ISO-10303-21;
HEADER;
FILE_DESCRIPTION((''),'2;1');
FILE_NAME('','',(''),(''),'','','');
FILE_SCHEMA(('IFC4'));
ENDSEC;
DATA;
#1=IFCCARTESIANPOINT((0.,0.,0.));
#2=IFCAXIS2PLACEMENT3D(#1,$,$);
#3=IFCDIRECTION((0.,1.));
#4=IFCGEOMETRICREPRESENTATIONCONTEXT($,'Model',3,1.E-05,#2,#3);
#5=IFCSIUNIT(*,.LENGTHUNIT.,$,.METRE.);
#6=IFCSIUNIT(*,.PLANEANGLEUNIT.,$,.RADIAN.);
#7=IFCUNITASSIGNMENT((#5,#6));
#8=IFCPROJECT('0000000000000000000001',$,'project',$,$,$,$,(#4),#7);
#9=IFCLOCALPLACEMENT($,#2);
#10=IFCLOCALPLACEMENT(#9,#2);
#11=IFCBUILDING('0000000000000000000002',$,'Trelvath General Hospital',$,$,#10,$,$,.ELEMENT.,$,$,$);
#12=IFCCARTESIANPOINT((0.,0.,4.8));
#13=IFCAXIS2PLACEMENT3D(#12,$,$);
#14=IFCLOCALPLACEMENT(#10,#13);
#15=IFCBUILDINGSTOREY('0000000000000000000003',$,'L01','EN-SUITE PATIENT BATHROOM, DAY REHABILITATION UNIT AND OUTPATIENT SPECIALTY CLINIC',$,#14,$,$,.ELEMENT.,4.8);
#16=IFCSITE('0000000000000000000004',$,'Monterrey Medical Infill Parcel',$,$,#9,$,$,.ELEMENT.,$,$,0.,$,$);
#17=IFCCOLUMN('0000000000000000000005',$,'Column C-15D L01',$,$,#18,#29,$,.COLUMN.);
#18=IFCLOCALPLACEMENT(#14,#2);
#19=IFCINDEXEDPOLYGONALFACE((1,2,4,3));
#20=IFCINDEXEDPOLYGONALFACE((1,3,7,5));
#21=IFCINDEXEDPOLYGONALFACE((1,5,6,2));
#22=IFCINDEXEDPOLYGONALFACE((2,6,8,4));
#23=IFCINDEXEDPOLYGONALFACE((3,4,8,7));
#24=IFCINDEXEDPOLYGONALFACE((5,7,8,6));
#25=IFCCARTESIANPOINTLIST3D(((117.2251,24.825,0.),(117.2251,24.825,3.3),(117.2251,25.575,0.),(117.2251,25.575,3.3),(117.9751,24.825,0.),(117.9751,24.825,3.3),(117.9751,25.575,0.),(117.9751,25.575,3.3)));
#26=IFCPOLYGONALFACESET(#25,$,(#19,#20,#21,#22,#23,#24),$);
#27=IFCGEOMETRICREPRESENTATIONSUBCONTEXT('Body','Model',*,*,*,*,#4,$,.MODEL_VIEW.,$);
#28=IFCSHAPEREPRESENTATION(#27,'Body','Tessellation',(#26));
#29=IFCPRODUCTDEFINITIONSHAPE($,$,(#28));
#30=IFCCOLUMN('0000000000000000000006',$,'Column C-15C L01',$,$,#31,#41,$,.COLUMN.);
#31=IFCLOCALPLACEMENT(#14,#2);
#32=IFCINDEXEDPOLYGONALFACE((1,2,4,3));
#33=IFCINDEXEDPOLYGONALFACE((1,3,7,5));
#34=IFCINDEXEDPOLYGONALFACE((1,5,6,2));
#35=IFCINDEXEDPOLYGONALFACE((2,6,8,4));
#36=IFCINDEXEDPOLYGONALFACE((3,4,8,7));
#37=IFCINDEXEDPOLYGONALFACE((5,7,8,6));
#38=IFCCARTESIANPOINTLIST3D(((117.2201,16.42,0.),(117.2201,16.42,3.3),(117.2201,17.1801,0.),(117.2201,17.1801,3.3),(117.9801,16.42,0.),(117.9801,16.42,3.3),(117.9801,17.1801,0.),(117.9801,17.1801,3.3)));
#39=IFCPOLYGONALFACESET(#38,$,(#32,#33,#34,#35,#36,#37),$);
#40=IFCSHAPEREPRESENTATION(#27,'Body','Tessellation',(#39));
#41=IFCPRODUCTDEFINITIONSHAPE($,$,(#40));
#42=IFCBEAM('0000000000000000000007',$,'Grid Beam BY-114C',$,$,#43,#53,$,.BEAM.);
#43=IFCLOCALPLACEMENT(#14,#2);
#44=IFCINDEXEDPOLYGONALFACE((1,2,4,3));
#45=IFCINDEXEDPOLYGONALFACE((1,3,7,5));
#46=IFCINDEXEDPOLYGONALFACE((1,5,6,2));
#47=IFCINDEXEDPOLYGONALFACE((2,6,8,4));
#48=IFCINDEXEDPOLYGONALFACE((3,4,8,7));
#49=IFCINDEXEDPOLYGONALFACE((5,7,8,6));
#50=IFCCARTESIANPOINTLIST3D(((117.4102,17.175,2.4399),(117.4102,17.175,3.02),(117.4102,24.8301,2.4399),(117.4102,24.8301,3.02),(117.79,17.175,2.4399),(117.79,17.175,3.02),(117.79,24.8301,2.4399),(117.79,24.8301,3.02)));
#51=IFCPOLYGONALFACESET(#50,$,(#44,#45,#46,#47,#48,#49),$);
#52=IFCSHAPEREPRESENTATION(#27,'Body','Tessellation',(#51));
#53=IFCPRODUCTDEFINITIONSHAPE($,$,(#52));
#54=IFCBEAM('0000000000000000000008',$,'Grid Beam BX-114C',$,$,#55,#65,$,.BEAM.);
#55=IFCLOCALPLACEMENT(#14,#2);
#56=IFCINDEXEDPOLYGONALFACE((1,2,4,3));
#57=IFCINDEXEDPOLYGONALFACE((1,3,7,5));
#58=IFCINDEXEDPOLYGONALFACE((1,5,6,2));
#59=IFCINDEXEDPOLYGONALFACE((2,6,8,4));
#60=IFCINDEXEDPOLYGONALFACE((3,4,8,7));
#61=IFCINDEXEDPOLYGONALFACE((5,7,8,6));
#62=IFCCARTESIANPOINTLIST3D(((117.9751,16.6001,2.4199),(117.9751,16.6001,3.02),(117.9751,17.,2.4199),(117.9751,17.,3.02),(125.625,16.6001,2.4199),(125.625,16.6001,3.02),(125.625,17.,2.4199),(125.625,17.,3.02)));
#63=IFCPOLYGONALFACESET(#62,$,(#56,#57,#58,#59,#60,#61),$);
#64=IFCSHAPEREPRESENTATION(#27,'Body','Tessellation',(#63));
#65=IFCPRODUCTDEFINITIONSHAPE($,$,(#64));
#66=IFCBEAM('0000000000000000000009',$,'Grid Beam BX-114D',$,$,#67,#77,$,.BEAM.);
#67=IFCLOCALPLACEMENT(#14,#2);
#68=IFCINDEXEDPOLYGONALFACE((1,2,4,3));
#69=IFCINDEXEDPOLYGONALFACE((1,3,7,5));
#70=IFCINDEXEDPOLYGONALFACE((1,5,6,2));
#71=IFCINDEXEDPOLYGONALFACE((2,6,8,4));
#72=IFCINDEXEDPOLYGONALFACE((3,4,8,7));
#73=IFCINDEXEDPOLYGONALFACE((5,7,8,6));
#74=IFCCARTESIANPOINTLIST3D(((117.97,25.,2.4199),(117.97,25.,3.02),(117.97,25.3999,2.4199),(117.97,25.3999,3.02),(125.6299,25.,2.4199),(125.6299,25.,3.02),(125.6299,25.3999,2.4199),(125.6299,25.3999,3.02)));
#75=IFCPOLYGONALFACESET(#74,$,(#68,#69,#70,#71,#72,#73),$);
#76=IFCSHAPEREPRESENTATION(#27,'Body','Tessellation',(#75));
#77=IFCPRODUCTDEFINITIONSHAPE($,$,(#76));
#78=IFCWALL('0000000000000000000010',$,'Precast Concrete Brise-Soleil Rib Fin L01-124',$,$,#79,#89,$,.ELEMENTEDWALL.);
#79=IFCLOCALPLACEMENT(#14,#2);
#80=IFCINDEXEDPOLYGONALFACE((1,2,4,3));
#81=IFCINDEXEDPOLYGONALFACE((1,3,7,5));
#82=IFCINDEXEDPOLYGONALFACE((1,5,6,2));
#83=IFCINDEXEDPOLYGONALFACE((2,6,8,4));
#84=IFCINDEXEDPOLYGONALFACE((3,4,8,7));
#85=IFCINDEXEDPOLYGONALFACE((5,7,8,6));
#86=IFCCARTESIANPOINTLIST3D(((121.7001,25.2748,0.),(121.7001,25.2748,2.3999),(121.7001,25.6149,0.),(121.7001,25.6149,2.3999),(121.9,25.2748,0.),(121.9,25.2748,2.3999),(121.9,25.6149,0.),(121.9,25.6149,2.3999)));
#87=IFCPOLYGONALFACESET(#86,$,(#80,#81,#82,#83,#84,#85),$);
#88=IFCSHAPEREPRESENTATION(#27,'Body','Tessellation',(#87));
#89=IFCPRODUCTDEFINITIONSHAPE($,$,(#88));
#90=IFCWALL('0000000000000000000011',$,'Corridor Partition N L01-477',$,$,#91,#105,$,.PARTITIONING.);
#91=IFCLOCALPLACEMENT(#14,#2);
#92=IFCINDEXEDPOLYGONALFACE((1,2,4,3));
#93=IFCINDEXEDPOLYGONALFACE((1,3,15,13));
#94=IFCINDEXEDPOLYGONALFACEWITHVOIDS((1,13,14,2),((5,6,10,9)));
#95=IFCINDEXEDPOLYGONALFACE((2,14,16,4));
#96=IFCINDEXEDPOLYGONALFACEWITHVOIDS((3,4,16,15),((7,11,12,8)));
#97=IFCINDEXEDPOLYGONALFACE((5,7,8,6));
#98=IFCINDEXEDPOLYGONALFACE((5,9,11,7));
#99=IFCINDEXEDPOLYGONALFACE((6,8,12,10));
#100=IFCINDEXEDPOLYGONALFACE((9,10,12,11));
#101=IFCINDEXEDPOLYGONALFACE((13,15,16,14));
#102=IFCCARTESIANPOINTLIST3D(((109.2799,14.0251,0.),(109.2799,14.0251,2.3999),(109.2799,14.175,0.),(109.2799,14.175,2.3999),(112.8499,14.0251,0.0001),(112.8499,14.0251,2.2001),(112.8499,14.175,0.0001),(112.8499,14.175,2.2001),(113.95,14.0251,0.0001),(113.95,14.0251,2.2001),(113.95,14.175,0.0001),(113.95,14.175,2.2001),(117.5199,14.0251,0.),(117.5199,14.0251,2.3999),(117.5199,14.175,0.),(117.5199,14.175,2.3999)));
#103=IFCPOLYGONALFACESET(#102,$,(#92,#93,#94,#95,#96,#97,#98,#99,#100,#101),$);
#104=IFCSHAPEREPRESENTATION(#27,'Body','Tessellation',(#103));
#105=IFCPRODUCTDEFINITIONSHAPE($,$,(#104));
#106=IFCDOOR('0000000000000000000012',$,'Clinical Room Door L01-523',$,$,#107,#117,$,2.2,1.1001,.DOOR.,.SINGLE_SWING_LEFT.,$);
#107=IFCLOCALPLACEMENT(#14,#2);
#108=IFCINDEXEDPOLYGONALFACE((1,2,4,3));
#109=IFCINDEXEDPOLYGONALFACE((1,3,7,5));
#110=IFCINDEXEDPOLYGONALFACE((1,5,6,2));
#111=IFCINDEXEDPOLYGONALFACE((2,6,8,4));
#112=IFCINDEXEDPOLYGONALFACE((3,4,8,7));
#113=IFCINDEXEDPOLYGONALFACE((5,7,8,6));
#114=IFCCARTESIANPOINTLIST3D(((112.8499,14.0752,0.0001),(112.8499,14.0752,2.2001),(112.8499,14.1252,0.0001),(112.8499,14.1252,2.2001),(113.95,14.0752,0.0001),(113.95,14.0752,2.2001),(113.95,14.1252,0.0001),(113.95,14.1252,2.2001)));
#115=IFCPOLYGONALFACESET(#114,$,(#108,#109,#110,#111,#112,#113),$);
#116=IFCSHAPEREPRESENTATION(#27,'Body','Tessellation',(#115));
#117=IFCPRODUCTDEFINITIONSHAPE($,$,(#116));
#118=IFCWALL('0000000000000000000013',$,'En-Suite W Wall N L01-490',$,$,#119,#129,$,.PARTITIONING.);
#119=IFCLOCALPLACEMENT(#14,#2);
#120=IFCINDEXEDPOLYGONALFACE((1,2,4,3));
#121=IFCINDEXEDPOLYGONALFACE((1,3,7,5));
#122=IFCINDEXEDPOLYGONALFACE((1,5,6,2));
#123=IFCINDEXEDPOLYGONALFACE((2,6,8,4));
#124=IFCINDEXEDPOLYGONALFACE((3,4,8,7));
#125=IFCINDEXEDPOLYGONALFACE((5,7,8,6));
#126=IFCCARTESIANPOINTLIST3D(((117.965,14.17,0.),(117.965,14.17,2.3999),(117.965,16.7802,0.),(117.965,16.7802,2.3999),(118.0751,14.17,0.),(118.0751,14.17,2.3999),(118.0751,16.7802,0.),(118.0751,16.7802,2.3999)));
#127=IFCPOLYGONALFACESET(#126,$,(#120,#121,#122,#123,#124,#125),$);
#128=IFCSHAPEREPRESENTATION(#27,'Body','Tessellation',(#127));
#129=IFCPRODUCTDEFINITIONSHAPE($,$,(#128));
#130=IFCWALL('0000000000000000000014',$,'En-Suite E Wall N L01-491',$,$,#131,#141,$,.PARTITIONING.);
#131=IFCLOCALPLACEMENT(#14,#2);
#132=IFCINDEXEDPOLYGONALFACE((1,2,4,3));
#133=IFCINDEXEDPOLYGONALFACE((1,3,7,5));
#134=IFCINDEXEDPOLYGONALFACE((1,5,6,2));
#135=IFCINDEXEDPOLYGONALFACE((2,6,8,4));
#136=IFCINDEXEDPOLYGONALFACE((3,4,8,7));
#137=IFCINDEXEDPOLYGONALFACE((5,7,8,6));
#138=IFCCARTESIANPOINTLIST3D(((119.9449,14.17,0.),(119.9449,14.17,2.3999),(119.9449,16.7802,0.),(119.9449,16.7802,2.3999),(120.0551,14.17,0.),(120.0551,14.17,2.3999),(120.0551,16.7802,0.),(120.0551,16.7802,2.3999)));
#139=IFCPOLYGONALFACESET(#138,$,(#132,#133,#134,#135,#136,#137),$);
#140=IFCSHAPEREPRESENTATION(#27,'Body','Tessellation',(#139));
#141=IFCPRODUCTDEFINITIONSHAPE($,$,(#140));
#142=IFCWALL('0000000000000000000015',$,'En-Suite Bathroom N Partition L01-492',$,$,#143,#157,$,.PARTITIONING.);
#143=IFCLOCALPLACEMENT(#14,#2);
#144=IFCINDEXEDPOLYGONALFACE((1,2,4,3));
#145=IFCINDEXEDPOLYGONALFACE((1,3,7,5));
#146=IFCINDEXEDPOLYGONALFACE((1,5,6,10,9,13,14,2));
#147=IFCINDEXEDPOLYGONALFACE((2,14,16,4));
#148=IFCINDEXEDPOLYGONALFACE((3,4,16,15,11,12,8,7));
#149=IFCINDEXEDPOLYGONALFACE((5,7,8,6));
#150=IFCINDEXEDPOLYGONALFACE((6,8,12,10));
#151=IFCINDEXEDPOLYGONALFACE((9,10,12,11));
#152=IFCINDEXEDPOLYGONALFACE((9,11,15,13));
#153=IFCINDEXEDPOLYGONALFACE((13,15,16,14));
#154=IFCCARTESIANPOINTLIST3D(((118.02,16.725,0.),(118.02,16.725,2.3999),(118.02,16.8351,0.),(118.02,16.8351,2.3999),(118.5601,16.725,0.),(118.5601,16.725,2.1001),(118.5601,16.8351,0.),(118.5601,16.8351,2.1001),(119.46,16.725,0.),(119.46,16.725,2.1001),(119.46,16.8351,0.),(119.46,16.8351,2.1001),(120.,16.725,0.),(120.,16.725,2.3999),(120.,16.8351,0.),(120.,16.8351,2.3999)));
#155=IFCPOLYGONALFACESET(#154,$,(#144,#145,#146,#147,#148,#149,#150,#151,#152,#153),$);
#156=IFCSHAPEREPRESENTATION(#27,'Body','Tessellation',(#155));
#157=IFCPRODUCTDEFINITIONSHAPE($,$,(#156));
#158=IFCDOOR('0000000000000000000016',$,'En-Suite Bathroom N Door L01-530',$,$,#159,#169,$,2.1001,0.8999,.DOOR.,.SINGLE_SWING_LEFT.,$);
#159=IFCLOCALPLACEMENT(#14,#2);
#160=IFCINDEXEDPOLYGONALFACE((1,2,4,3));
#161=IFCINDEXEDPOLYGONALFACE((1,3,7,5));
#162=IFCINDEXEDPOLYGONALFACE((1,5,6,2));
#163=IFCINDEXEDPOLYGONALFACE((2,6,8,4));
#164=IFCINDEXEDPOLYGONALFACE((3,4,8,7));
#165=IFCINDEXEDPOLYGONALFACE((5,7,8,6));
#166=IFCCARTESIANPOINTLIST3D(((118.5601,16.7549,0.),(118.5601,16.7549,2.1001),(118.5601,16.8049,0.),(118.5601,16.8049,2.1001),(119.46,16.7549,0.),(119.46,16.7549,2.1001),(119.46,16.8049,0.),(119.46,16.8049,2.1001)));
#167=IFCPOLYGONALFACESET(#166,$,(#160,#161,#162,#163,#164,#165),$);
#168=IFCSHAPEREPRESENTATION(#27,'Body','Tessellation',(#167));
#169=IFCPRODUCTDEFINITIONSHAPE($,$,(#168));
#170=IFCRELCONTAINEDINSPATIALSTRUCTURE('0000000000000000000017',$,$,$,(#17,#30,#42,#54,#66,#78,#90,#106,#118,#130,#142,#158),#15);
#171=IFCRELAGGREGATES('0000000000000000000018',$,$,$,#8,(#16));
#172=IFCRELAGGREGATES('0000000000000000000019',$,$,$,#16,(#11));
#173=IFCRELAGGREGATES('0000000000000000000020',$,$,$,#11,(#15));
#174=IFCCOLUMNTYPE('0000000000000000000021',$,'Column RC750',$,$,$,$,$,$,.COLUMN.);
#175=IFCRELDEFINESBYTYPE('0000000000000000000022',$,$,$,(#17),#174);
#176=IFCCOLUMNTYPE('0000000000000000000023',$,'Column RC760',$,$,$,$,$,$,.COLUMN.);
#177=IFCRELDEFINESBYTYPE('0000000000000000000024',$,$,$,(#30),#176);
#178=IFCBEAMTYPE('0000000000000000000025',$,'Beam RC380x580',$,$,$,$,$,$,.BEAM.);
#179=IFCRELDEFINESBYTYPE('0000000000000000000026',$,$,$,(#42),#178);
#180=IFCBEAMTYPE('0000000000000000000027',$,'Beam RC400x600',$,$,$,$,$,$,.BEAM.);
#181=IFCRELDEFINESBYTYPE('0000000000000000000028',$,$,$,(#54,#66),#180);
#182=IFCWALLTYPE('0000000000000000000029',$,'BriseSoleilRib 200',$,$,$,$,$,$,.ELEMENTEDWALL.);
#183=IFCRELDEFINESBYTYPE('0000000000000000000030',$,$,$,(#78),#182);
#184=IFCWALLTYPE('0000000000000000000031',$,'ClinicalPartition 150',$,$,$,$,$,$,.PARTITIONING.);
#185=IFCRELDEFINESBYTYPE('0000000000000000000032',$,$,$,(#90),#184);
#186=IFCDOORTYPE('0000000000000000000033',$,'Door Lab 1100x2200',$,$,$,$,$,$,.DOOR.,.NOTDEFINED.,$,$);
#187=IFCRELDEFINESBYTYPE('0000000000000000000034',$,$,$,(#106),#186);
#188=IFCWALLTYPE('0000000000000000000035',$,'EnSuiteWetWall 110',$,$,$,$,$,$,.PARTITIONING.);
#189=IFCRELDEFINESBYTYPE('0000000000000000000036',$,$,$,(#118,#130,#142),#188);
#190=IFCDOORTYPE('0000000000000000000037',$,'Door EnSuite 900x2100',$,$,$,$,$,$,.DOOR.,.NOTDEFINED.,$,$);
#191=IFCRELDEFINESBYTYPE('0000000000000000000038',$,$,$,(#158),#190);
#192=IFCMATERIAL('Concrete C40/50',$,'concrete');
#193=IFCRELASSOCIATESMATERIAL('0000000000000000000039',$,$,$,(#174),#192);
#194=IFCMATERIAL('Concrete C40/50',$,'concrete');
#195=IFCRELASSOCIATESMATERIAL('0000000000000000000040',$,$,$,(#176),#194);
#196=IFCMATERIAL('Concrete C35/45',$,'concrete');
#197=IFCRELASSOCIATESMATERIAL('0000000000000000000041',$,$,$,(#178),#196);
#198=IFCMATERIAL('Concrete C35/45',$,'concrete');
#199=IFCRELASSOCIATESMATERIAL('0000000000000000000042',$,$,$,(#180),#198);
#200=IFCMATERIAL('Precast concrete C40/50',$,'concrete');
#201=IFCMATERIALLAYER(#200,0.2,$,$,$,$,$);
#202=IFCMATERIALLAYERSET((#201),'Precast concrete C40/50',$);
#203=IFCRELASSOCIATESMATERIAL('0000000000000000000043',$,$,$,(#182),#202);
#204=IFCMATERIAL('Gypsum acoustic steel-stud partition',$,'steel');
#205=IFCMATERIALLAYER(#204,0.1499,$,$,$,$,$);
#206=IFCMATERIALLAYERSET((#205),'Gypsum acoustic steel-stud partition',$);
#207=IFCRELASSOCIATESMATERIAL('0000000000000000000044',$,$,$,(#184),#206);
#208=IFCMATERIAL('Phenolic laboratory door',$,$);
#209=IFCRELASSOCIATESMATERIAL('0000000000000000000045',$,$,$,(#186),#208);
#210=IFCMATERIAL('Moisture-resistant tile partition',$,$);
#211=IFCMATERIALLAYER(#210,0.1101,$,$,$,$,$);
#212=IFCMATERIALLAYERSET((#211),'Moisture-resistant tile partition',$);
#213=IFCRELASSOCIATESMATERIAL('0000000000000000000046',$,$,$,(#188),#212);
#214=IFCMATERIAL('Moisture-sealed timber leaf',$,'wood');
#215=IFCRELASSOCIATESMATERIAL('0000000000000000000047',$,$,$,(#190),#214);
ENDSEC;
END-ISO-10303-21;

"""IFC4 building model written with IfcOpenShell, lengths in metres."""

from ifc_helpers import new_model, si_unit, direction, frame, frame_2d, origin, origin_2d, place, context, subcontext, project, spatial, rectangle, extrude, material, layer, layer_set, material_profile, profile_set, type_object, element, fill, save


model = new_model("IFC4")

# Units and contexts
model_context = context("Model", 3, precision=1e-05, world=origin(), true_north=direction((0.0, 1.0)))
body_context = subcontext(model_context, "Body", "Model", "MODEL_VIEW")
ifc_project = project(units=[si_unit("LENGTHUNIT", "METRE"), si_unit("PLANEANGLEUNIT", "RADIAN")], contexts=[model_context])

# Site, building, storey
site_placement = place(None, origin())
site = spatial("IfcSite", under=ifc_project, at=site_placement, Name="Monterrey Medical Infill Parcel", CompositionType="ELEMENT", RefElevation=0.0)
building_placement = place(site_placement, origin())
building = spatial("IfcBuilding", under=site, at=building_placement, Name="Trelvath General Hospital", CompositionType="ELEMENT")
storey_placement = place(building_placement, frame((0.0, 0.0, 4.8)))
storey = spatial("IfcBuildingStorey", under=building, at=storey_placement, Name="L01", Description="EN-SUITE PATIENT BATHROOM, DAY REHABILITATION UNIT AND OUTPATIENT SPECIALTY CLINIC", CompositionType="ELEMENT", Elevation=4.8)

# Columns
ifc_material_1 = material(Name="Concrete C40/50", Category="concrete")
ifc_material_profile_1 = material_profile(ifc_material_1, rectangle(XDim=0.75, YDim=0.75, at=origin_2d()), Name="RC750x750")
ifc_profile_set_1 = profile_set([ifc_material_profile_1], Name="Concrete C40/50")
column_type_1 = type_object("IfcColumnType", Name="Column RC750", PredefinedType="COLUMN", material=ifc_profile_set_1)
column_1_placement = place(storey_placement, frame((117.6001, 25.2, 0.0), z_axis=(0.0, 0.0, 1.0), x_axis=(1.0, 0.0, 0.0)))
element("IfcColumn", 1, at=column_1_placement, inside=storey, type_object=column_type_1, Name="Column C-15D L01", PredefinedType="COLUMN", context=body_context, shape_type="SweptSolid", body=[
    extrude(rectangle(XDim=0.75, YDim=0.75, at=origin_2d()), origin(), (0.0, 0.0, 1.0), 3.3),
])
ifc_material_2 = material(Name="Concrete C40/50", Category="concrete")
ifc_material_profile_2 = material_profile(ifc_material_2, rectangle(XDim=0.76, YDim=0.76, at=origin_2d()), Name="RC760x760")
ifc_profile_set_2 = profile_set([ifc_material_profile_2], Name="Concrete C40/50")
column_type_2 = type_object("IfcColumnType", Name="Column RC760", PredefinedType="COLUMN", material=ifc_profile_set_2)
column_2_placement = place(storey_placement, frame((117.6001, 16.8, 0.0), z_axis=(0.0, 0.0, 1.0), x_axis=(1.0, 0.0, 0.0)))
element("IfcColumn", 2, at=column_2_placement, inside=storey, type_object=column_type_2, Name="Column C-15C L01", PredefinedType="COLUMN", context=body_context, shape_type="SweptSolid", body=[
    extrude(rectangle(XDim=0.76, YDim=0.76, at=origin_2d()), origin(), (0.0, 0.0, 1.0), 3.3),
])

# Beams
ifc_material_3 = material(Name="Concrete C35/45", Category="concrete")
ifc_material_profile_3 = material_profile(ifc_material_3, rectangle(XDim=0.3799, YDim=0.5801, at=origin_2d()), Name="RCB380x580")
ifc_profile_set_3 = profile_set([ifc_material_profile_3], Name="Concrete C35/45")
beam_type_1 = type_object("IfcBeamType", Name="Beam RC380x580", PredefinedType="BEAM", material=ifc_profile_set_3)
beam_1_placement = place(storey_placement, frame((117.6001, 17.175, 2.73), z_axis=(0.0, 1.0, 0.0), x_axis=(-1.0, 0.0, 0.0)))
element("IfcBeam", 3, at=beam_1_placement, inside=storey, type_object=beam_type_1, Name="Grid Beam BY-114C", PredefinedType="BEAM", context=body_context, shape_type="SweptSolid", body=[
    extrude(rectangle(XDim=0.3799, YDim=0.5801, at=origin_2d()), origin(), (0.0, 0.0, 1.0), 7.655),
])
ifc_material_4 = material(Name="Concrete C35/45", Category="concrete")
ifc_material_profile_4 = material_profile(ifc_material_4, rectangle(XDim=0.3999, YDim=0.6001, at=origin_2d()), Name="RCB400x600")
ifc_profile_set_4 = profile_set([ifc_material_profile_4], Name="Concrete C35/45")
beam_type_2 = type_object("IfcBeamType", Name="Beam RC400x600", PredefinedType="BEAM", material=ifc_profile_set_4)
beam_2_placement = place(storey_placement, frame((117.9751, 16.8, 2.72), z_axis=(1.0, 0.0, 0.0), x_axis=(0.0, 1.0, 0.0)))
element("IfcBeam", 4, at=beam_2_placement, inside=storey, type_object=beam_type_2, Name="Grid Beam BX-114C", PredefinedType="BEAM", context=body_context, shape_type="SweptSolid", body=[
    extrude(rectangle(XDim=0.3999, YDim=0.6001, at=origin_2d()), origin(), (0.0, 0.0, 1.0), 7.6499),
])
beam_3_placement = place(storey_placement, frame((117.97, 25.2, 2.72), z_axis=(1.0, 0.0, 0.0), x_axis=(0.0, 1.0, 0.0)))
element("IfcBeam", 5, at=beam_3_placement, inside=storey, type_object=beam_type_2, Name="Grid Beam BX-114D", PredefinedType="BEAM", context=body_context, shape_type="SweptSolid", body=[
    extrude(rectangle(XDim=0.3999, YDim=0.6001, at=origin_2d()), origin(), (0.0, 0.0, 1.0), 7.6599),
])

# Wall
ifc_material_5 = material(Name="Precast concrete C40/50", Category="concrete")
ifc_layer_1 = layer(ifc_material_5, 0.2)
ifc_layer_set_1 = layer_set([ifc_layer_1], Name="Precast concrete C40/50")
wall_type_1 = type_object("IfcWallType", Name="BriseSoleilRib 200", PredefinedType="ELEMENTEDWALL", material=ifc_layer_set_1)
wall_1_placement = place(storey_placement, frame((121.8, 25.2749, 0.0), z_axis=(0.0, 0.0, 1.0), x_axis=(0.0, 1.0, 0.0)))
element("IfcWall", 6, at=wall_1_placement, inside=storey, type_object=wall_type_1, Name="Precast Concrete Brise-Soleil Rib Fin L01-124", PredefinedType="ELEMENTEDWALL", context=body_context, shape_type="SweptSolid", body=[
    extrude(rectangle(XDim=0.3401, YDim=0.2, at=frame_2d((0.1699, 0.0))), origin(), (0.0, 0.0, 1.0), 2.3999),
])

# Wall, opening, door
ifc_material_6 = material(Name="Gypsum acoustic steel-stud partition", Category="steel")
ifc_layer_2 = layer(ifc_material_6, 0.1499)
ifc_layer_set_2 = layer_set([ifc_layer_2], Name="Gypsum acoustic steel-stud partition")
wall_type_2 = type_object("IfcWallType", Name="ClinicalPartition 150", PredefinedType="PARTITIONING", material=ifc_layer_set_2)
wall_2_placement = place(storey_placement, frame((117.52, 14.1001, 0.0), z_axis=(0.0, 0.0, 1.0), x_axis=(-1.0, 0.0, 0.0)))
wall_2 = element("IfcWall", 7, at=wall_2_placement, inside=storey, type_object=wall_type_2, Name="Corridor Partition N L01-477", PredefinedType="PARTITIONING", context=body_context, shape_type="SweptSolid", body=[
    extrude(rectangle(XDim=8.24, YDim=0.1499, at=frame_2d((4.1201, 0.0))), origin(), (0.0, 0.0, 1.0), 2.3999),
])
opening_1_placement = place(wall_2_placement, frame((3.5701, 0.0, 0.0)))
opening_1 = element("IfcOpeningElement", 8, at=opening_1_placement, cuts=wall_2, PredefinedType="OPENING", context=body_context, shape_type="SweptSolid", body=[
    extrude(rectangle(XDim=1.1001, YDim=2.2, at=frame_2d((0.55, 1.1001))), frame((0.0, 0.085, 0.0), z_axis=(0.0, -1.0, 0.0), x_axis=(1.0, 0.0, 0.0)), (0.0, 0.0, 1.0), 0.1699),
])
ifc_material_7 = material(Name="Phenolic laboratory door")
door_type_1 = type_object("IfcDoorType", Name="Door Lab 1100x2200", OperationType="NOTDEFINED", PredefinedType="DOOR", material=ifc_material_7)
door_1_placement = place(opening_1_placement, origin())
door_1 = element("IfcDoor", 9, at=door_1_placement, inside=storey, type_object=door_type_1, Name="Clinical Room Door L01-523", OperationType="SINGLE_SWING_LEFT", OverallHeight=2.2, OverallWidth=1.1001, PredefinedType="DOOR", context=body_context, shape_type="SweptSolid", body=[
    extrude(rectangle(XDim=1.1001, YDim=2.2, at=frame_2d((0.55, 1.1001))), frame((0.0, 0.0249, 0.0), z_axis=(0.0, -1.0, 0.0), x_axis=(1.0, 0.0, 0.0)), (0.0, 0.0, 1.0), 0.05),
])
fill(opening_1, door_1)

# Walls
ifc_material_8 = material(Name="Moisture-resistant tile partition")
ifc_layer_3 = layer(ifc_material_8, 0.1101)
ifc_layer_set_3 = layer_set([ifc_layer_3], Name="Moisture-resistant tile partition")
wall_type_3 = type_object("IfcWallType", Name="EnSuiteWetWall 110", PredefinedType="PARTITIONING", material=ifc_layer_set_3)
for number, where, z_axis, x_axis, name in (
    (10, (118.02, 14.1699, 0.0), (0.0, 0.0, 1.0), (0.0, 1.0, 0.0), "En-Suite W Wall N L01-490"),
    (11, (120.0, 14.1699, 0.0), (0.0, 0.0, 1.0), (0.0, 1.0, 0.0), "En-Suite E Wall N L01-491"),
):
    element("IfcWall", number, at=place(storey_placement, frame(where, z_axis=z_axis, x_axis=x_axis)), inside=storey, type_object=wall_type_3, Name=name, PredefinedType="PARTITIONING", context=body_context, shape_type="SweptSolid", body=[
        extrude(rectangle(XDim=2.6101, YDim=0.1101, at=frame_2d((1.3052, 0.0))), origin(), (0.0, 0.0, 1.0), 2.3999),
    ])

# Wall, opening, door
wall_3_placement = place(storey_placement, frame((118.02, 16.78, 0.0), z_axis=(0.0, 0.0, 1.0), x_axis=(1.0, 0.0, 0.0)))
wall_3 = element("IfcWall", 12, at=wall_3_placement, inside=storey, type_object=wall_type_3, Name="En-Suite Bathroom N Partition L01-492", PredefinedType="PARTITIONING", context=body_context, shape_type="SweptSolid", body=[
    extrude(rectangle(XDim=1.98, YDim=0.1101, at=frame_2d((0.99, 0.0))), origin(), (0.0, 0.0, 1.0), 2.3999),
])
opening_2_placement = place(wall_3_placement, frame((0.54, 0.0, 0.0)))
opening_2 = element("IfcOpeningElement", 13, at=opening_2_placement, cuts=wall_3, PredefinedType="OPENING", context=body_context, shape_type="SweptSolid", body=[
    extrude(rectangle(XDim=0.8999, YDim=2.1001, at=frame_2d((0.45, 1.05))), frame((0.0, 0.0649, 0.0), z_axis=(0.0, -1.0, 0.0), x_axis=(1.0, 0.0, 0.0)), (0.0, 0.0, 1.0), 0.1301),
])
ifc_material_9 = material(Name="Moisture-sealed timber leaf", Category="wood")
door_type_2 = type_object("IfcDoorType", Name="Door EnSuite 900x2100", OperationType="NOTDEFINED", PredefinedType="DOOR", material=ifc_material_9)
door_2_placement = place(opening_2_placement, origin())
door_2 = element("IfcDoor", 14, at=door_2_placement, inside=storey, type_object=door_type_2, Name="En-Suite Bathroom N Door L01-530", OperationType="SINGLE_SWING_LEFT", OverallHeight=2.1001, OverallWidth=0.8999, PredefinedType="DOOR", context=body_context, shape_type="SweptSolid", body=[
    extrude(rectangle(XDim=0.8999, YDim=2.1001, at=frame_2d((0.45, 1.05))), frame((0.0, 0.0249, 0.0), z_axis=(0.0, -1.0, 0.0), x_axis=(1.0, 0.0, 0.0)), (0.0, 0.0, 1.0), 0.05),
])
fill(opening_2, door_2)

save(model, "model.ifc")
